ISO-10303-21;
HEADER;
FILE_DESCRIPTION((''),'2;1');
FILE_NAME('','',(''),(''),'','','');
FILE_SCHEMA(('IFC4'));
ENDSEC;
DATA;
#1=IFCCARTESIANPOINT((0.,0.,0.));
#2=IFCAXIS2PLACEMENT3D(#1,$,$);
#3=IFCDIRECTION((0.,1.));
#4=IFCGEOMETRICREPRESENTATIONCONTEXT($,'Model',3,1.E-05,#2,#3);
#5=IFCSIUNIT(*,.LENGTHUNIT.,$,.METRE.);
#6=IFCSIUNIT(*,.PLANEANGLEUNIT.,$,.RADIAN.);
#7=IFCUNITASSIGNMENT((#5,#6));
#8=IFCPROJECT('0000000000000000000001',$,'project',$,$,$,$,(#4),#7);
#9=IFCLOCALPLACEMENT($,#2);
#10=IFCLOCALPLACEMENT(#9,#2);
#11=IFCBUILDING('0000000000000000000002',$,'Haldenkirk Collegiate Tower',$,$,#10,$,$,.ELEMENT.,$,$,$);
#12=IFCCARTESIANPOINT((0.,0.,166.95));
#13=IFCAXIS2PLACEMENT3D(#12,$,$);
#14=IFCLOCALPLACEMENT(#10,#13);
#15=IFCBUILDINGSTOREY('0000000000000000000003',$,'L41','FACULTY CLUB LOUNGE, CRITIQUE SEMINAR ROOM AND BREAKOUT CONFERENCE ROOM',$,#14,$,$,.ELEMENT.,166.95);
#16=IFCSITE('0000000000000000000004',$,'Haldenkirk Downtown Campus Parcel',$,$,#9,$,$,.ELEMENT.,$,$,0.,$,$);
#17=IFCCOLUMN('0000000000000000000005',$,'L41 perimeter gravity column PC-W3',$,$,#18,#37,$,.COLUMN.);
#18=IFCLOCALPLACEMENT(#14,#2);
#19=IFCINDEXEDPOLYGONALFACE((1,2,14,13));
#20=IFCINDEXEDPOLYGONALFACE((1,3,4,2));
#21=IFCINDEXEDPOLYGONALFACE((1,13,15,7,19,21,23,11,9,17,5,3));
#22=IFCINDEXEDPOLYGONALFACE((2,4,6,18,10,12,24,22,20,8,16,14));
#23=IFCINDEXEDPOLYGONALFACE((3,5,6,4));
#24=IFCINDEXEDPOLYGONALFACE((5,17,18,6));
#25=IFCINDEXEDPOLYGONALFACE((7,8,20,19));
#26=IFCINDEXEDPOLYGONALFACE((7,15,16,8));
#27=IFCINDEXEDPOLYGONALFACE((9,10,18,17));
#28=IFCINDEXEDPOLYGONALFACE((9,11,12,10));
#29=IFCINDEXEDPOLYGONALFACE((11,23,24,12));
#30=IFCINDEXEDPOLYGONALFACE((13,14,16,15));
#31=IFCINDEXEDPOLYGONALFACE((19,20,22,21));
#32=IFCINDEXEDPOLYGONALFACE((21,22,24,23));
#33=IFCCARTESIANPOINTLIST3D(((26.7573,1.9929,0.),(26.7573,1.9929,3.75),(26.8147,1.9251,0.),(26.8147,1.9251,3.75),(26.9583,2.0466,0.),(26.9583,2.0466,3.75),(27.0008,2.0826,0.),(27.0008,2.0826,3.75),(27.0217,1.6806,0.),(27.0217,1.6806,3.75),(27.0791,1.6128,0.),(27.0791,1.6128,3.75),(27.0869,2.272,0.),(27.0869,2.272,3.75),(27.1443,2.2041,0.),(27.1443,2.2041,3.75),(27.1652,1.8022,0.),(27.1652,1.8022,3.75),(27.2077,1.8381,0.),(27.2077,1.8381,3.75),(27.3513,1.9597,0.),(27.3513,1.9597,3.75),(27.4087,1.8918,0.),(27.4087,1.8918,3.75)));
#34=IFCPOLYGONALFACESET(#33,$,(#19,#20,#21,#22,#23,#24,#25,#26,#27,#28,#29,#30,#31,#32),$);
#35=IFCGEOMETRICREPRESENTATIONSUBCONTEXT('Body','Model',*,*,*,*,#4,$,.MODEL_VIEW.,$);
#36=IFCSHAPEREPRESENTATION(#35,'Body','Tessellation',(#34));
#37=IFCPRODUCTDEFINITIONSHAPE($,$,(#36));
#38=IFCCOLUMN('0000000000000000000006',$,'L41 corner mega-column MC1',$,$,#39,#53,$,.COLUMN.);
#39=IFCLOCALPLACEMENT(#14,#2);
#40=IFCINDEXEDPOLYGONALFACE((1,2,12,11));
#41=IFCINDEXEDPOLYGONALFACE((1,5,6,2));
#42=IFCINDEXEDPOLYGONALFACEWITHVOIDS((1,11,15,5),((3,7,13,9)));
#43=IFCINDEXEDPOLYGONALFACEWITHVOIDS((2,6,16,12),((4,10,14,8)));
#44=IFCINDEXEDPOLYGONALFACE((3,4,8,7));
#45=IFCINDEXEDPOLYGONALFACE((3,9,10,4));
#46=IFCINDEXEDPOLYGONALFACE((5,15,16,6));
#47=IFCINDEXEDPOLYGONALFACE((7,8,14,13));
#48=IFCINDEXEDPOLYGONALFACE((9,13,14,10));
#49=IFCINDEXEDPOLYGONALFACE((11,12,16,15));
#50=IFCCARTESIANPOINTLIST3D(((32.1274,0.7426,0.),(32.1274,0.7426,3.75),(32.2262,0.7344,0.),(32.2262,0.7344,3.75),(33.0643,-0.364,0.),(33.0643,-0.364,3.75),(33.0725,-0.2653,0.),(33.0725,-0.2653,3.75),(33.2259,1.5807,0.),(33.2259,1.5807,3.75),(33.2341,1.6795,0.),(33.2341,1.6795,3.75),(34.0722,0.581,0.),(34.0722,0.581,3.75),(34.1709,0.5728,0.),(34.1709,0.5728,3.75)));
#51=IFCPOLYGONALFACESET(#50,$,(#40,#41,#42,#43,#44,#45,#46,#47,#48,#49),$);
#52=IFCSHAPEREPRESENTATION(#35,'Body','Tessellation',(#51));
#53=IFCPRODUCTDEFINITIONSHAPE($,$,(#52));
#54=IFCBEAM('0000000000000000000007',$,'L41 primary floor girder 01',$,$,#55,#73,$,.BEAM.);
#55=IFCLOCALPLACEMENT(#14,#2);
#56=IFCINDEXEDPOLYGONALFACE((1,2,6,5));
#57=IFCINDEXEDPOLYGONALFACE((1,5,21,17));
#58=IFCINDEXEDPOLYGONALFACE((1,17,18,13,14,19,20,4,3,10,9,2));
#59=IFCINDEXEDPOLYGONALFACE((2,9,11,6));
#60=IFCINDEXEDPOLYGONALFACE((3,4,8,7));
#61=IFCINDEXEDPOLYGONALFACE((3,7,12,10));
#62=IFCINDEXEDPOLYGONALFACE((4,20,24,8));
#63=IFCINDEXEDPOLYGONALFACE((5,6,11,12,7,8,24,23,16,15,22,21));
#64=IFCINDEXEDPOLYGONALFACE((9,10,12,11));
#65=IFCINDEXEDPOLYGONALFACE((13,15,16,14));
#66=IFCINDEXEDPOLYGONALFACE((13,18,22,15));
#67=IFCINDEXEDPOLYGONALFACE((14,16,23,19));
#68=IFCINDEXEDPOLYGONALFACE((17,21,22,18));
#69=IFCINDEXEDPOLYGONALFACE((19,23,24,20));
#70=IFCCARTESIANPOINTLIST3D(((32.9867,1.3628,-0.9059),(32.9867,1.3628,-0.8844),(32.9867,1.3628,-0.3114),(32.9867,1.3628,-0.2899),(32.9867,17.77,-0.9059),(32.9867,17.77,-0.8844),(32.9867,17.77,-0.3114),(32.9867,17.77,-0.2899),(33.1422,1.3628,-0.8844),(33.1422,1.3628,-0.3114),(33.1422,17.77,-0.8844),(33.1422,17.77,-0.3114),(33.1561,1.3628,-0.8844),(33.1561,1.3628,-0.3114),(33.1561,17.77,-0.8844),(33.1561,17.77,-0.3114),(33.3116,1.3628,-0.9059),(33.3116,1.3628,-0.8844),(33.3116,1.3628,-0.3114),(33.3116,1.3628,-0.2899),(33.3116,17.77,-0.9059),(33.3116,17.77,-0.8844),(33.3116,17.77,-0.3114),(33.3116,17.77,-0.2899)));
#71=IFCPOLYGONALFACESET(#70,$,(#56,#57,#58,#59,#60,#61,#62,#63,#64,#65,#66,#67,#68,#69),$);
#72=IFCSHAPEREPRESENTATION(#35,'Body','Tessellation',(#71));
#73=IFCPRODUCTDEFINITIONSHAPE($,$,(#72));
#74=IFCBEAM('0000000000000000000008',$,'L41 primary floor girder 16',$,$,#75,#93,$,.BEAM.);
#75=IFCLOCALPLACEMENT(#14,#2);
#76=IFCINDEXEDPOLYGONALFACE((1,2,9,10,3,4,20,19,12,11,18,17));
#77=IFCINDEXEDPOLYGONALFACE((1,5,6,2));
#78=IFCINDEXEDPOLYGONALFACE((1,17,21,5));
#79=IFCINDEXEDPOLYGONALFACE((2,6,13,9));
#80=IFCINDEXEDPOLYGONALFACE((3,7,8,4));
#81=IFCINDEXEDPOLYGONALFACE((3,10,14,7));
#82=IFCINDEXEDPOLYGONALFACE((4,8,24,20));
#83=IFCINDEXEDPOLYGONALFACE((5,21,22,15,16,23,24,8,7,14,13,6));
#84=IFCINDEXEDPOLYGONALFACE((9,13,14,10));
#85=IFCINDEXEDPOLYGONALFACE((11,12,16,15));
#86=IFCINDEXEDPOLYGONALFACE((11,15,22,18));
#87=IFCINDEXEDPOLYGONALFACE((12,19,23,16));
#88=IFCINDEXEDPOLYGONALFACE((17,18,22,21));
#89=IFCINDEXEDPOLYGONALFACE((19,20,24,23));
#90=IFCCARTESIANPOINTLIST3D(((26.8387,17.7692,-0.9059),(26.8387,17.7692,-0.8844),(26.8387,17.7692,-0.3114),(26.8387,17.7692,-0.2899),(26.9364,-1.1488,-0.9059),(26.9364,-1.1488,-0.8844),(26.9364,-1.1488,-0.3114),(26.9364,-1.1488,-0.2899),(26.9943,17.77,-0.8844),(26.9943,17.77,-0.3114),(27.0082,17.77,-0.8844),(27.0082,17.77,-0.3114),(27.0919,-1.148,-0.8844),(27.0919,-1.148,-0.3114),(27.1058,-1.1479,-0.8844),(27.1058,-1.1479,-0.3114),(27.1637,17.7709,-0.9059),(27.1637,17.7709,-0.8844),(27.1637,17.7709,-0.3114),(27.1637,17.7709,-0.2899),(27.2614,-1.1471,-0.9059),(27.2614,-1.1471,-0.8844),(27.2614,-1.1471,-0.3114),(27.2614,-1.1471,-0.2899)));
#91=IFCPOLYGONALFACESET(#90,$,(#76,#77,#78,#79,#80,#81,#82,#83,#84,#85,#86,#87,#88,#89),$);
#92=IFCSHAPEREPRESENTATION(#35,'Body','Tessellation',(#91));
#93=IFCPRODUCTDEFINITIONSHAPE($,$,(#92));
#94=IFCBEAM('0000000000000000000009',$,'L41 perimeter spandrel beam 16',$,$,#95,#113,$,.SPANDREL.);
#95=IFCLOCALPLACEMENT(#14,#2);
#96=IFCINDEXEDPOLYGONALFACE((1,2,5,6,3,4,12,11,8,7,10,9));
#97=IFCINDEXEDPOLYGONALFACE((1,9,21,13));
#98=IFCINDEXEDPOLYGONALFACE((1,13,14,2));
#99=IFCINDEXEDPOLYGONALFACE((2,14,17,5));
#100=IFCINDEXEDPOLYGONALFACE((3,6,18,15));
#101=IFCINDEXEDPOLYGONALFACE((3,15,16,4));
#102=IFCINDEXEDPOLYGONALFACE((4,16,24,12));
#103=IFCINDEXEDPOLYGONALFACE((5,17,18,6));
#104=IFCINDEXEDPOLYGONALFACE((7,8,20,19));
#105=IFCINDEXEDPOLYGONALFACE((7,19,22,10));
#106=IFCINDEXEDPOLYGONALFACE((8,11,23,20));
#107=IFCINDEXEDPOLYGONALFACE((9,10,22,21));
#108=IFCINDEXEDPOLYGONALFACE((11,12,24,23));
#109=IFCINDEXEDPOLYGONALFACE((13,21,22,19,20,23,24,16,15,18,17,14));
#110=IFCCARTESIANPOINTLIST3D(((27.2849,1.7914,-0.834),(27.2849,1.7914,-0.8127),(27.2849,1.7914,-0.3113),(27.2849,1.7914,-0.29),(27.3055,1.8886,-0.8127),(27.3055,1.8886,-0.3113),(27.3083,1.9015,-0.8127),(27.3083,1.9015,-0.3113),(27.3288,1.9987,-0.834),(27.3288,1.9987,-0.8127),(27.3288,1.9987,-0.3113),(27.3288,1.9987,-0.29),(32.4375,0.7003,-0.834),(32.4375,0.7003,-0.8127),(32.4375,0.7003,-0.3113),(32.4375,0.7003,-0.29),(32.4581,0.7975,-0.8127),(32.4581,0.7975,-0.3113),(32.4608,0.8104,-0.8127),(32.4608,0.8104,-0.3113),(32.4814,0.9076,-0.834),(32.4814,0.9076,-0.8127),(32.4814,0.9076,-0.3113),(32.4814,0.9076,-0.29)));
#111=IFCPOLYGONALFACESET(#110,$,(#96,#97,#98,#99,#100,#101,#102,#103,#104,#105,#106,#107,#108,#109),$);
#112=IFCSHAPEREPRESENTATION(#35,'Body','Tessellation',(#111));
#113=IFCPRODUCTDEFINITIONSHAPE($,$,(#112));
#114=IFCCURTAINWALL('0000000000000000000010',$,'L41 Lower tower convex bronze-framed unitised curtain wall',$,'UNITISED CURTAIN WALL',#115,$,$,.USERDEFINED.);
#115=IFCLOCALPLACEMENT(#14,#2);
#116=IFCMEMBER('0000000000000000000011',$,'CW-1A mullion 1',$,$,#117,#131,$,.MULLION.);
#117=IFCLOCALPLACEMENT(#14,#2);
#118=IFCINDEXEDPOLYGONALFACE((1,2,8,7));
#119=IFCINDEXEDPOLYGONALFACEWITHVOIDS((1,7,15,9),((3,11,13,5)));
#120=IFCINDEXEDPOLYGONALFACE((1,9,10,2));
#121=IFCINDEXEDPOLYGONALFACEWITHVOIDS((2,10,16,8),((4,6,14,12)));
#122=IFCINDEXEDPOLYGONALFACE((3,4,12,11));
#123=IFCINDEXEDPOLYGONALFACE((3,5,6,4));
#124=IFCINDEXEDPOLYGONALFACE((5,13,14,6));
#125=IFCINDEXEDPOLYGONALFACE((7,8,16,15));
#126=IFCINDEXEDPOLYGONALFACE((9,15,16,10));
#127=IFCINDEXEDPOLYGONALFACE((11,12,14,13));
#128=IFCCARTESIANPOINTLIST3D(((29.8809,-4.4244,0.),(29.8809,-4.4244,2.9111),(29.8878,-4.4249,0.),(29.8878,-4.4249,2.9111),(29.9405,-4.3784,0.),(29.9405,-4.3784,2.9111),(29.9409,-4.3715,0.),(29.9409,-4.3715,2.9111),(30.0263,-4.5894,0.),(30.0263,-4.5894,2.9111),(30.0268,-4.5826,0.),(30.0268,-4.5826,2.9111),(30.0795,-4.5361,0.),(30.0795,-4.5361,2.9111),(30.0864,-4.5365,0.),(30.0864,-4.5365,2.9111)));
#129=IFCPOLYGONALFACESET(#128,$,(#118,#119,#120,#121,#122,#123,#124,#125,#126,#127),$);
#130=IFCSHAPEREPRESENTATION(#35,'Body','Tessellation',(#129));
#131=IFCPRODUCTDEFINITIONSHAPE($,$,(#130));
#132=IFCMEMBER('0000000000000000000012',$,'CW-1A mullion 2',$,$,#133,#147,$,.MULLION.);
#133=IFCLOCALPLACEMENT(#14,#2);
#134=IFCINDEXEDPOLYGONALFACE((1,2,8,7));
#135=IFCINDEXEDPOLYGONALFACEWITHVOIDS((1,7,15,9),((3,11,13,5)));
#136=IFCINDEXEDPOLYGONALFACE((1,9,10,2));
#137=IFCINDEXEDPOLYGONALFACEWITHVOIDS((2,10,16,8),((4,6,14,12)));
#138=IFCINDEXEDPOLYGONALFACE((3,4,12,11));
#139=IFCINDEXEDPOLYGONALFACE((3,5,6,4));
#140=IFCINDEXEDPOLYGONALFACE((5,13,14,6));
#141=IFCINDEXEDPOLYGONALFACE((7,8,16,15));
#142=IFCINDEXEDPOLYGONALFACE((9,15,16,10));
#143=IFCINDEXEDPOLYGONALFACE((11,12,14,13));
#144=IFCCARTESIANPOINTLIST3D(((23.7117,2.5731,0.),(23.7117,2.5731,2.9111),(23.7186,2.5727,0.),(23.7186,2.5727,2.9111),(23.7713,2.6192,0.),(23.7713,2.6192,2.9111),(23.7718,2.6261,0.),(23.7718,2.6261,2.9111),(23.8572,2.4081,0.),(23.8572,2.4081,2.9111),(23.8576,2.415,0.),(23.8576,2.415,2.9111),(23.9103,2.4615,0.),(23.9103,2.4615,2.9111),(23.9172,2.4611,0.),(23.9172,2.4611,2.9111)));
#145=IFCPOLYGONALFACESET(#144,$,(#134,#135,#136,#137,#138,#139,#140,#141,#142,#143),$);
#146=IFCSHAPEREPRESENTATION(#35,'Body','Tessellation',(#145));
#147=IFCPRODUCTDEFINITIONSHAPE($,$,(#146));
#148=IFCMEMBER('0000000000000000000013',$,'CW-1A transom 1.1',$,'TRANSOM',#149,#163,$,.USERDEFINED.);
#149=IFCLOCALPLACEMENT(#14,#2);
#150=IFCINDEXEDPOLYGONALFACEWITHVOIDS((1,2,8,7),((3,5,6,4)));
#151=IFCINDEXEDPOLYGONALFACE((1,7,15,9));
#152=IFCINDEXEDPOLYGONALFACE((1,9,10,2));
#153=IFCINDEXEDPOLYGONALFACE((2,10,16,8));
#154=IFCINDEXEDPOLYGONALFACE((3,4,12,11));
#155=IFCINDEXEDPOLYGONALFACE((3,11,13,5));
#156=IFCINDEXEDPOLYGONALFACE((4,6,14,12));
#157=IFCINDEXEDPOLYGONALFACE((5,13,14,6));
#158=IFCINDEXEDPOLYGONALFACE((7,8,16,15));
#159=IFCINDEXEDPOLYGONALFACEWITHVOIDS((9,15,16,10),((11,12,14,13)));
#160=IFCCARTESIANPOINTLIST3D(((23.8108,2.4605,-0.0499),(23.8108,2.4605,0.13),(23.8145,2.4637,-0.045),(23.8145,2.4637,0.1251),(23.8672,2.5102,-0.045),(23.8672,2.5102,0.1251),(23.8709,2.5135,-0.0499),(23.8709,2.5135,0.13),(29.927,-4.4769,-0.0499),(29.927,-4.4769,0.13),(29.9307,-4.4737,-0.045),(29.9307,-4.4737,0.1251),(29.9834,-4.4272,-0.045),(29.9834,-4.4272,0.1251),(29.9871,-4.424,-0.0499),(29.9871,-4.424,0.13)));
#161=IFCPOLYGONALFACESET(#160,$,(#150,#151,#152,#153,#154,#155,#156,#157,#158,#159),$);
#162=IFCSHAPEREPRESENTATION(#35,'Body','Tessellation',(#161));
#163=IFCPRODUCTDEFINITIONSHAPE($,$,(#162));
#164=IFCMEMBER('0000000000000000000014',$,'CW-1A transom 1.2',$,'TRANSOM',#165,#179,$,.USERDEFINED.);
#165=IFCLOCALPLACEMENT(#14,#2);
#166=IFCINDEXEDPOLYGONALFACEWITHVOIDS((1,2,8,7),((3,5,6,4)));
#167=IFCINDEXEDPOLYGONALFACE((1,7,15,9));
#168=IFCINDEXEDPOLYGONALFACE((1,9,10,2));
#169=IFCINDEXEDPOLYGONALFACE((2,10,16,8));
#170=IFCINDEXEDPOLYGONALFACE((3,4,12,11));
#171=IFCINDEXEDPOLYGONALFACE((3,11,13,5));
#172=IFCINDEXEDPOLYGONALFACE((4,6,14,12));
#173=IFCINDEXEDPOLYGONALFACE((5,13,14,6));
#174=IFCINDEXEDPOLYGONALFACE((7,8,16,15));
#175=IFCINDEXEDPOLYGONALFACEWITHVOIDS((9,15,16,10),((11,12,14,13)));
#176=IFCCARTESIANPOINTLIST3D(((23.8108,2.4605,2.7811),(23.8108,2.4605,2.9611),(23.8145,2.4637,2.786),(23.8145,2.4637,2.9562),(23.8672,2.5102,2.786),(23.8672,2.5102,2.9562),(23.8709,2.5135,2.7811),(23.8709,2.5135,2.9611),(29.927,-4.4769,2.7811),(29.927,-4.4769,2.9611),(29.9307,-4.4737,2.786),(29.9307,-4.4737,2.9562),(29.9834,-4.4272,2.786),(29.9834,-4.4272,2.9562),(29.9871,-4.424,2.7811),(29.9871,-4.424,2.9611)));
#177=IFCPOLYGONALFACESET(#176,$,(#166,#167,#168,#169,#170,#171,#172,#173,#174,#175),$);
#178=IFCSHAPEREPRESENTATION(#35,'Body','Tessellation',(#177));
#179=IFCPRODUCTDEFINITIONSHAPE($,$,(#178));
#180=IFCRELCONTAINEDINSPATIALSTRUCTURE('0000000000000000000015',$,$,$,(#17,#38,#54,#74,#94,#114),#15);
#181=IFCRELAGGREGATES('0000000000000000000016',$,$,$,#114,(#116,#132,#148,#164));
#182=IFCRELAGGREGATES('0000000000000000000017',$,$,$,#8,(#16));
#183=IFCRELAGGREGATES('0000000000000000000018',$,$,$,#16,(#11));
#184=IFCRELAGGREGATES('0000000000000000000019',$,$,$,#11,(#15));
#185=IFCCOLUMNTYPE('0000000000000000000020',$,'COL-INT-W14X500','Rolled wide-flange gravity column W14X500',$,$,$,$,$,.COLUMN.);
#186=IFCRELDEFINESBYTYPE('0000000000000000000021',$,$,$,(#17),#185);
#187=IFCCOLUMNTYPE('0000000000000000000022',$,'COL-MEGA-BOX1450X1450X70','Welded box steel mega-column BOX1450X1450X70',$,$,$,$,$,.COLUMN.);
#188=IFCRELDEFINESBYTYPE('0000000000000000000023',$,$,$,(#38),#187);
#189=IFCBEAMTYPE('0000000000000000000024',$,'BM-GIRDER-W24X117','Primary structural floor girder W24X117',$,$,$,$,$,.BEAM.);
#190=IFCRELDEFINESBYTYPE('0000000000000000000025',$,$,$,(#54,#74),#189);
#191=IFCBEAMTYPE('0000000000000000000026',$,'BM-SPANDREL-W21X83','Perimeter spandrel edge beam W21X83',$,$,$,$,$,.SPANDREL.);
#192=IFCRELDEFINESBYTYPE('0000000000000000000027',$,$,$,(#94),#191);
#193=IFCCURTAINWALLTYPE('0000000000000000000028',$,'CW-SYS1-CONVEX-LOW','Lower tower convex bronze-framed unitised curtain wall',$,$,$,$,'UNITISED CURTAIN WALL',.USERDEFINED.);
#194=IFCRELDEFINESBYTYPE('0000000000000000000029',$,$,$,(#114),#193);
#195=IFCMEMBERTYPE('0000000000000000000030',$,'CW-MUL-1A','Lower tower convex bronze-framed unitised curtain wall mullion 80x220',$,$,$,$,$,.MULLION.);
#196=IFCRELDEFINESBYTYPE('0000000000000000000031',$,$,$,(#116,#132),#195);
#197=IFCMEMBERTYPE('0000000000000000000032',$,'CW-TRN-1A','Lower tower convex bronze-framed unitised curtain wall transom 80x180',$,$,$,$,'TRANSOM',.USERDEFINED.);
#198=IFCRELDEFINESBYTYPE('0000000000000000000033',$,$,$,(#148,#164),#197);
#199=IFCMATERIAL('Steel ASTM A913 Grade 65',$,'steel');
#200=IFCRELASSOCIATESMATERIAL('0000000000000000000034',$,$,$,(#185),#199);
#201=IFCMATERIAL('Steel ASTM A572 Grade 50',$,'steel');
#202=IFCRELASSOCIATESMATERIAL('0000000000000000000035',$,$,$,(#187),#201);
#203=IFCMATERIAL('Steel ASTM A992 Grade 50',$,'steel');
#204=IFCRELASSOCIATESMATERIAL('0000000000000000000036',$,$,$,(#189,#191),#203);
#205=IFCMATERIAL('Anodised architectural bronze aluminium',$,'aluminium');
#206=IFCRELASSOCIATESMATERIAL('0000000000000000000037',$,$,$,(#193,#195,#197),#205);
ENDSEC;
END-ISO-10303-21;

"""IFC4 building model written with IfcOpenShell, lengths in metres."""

from ifc_helpers import new_model, si_unit, direction, frame, origin, origin_2d, place, context, subcontext, project, spatial, hollow_rectangle, i_section, extrude, material, material_profile, profile_set, type_object, element, aggregate, save


model = new_model("IFC4")

# Units and contexts
model_context = context("Model", 3, precision=1e-05, world=origin(), true_north=direction((0.0, 1.0)))
body_context = subcontext(model_context, "Body", "Model", "MODEL_VIEW")
ifc_project = project(units=[si_unit("LENGTHUNIT", "METRE"), si_unit("PLANEANGLEUNIT", "RADIAN")], contexts=[model_context])

# Site, building, storey
site_placement = place(None, origin())
site = spatial("IfcSite", under=ifc_project, at=site_placement, Name="Haldenkirk Downtown Campus Parcel", CompositionType="ELEMENT", RefElevation=0.0)
building_placement = place(site_placement, origin())
building = spatial("IfcBuilding", under=site, at=building_placement, Name="Haldenkirk Collegiate Tower", CompositionType="ELEMENT")
storey_placement = place(building_placement, frame((0.0, 0.0, 166.95)))
storey = spatial("IfcBuildingStorey", under=building, at=storey_placement, Name="L41", Description="FACULTY CLUB LOUNGE, CRITIQUE SEMINAR ROOM AND BREAKOUT CONFERENCE ROOM", CompositionType="ELEMENT", Elevation=166.95)

# Columns
ifc_material_1 = material(Name="Steel ASTM A913 Grade 65", Category="steel")
ifc_material_profile_1 = material_profile(ifc_material_1, i_section(OverallWidth=0.4319, OverallDepth=0.498, WebThickness=0.0557, FlangeThickness=0.0889, at=origin_2d()), Name="W14X500")
ifc_profile_set_1 = profile_set([ifc_material_profile_1], Name="Steel ASTM A913 Grade 65")
column_type_1 = type_object("IfcColumnType", Name="COL-INT-W14X500", Description="Rolled wide-flange gravity column W14X500", PredefinedType="COLUMN", material=ifc_profile_set_1)
column_1_placement = place(storey_placement, frame((27.083, 1.9424, 0.0), z_axis=(0.0, 0.0, 1.0), x_axis=(0.763232, 0.646124, 0.0)))
element("IfcColumn", 1, at=column_1_placement, inside=storey, type_object=column_type_1, Name="L41 perimeter gravity column PC-W3", PredefinedType="COLUMN", context=body_context, shape_type="SweptSolid", body=[
    extrude(i_section(OverallWidth=0.4319, OverallDepth=0.498, WebThickness=0.0557, FlangeThickness=0.0889, at=origin_2d()), origin(), (0.0, 0.0, 1.0), 3.75),
])
ifc_material_2 = material(Name="Steel ASTM A572 Grade 50", Category="steel")
ifc_material_profile_2 = material_profile(ifc_material_2, hollow_rectangle(XDim=1.45, YDim=1.45, WallThickness=0.0701, at=origin_2d()), Name="BOX1450X1450X70")
ifc_profile_set_2 = profile_set([ifc_material_profile_2], Name="Steel ASTM A572 Grade 50")
column_type_2 = type_object("IfcColumnType", Name="COL-MEGA-BOX1450X1450X70", Description="Welded box steel mega-column BOX1450X1450X70", PredefinedType="COLUMN", material=ifc_profile_set_2)
column_2_placement = place(storey_placement, frame((33.1492, 0.6577, 0.0), z_axis=(0.0, 0.0, 1.0), x_axis=(0.763232, 0.646124, 0.0)))
element("IfcColumn", 2, at=column_2_placement, inside=storey, type_object=column_type_2, Name="L41 corner mega-column MC1", PredefinedType="COLUMN", context=body_context, shape_type="SweptSolid", body=[
    extrude(hollow_rectangle(XDim=1.45, YDim=1.45, WallThickness=0.0701, at=origin_2d()), origin(), (0.0, 0.0, 1.0), 3.75),
])

# Beams
ifc_material_3 = material(Name="Steel ASTM A992 Grade 50", Category="steel")
ifc_material_profile_3 = material_profile(ifc_material_3, i_section(OverallWidth=0.325, OverallDepth=0.616, WebThickness=0.0139, FlangeThickness=0.0215, at=origin_2d()), Name="W24X117")
ifc_profile_set_3 = profile_set([ifc_material_profile_3], Name="Steel ASTM A992 Grade 50")
beam_type_1 = type_object("IfcBeamType", Name="BM-GIRDER-W24X117", Description="Primary structural floor girder W24X117", PredefinedType="BEAM", material=ifc_profile_set_3)
beam_1_placement = place(storey_placement, frame((33.1492, 1.3628, -0.5979), z_axis=(0.0, 1.0, 0.0), x_axis=(-1.0, 0.0, 0.0)))
element("IfcBeam", 3, at=beam_1_placement, inside=storey, type_object=beam_type_1, Name="L41 primary floor girder 01", PredefinedType="BEAM", context=body_context, shape_type="SweptSolid", body=[
    extrude(i_section(OverallWidth=0.325, OverallDepth=0.616, WebThickness=0.0139, FlangeThickness=0.0215, at=origin_2d()), origin(), (0.0, 0.0, 1.0), 16.4072),
])
beam_2_placement = place(storey_placement, frame((27.0989, -1.1479, -0.5979), z_axis=(-0.005162, 0.999987, 0.0), x_axis=(-0.999987, -0.005162, 0.0)))
element("IfcBeam", 4, at=beam_2_placement, inside=storey, type_object=beam_type_1, Name="L41 primary floor girder 16", PredefinedType="BEAM", context=body_context, shape_type="SweptSolid", body=[
    extrude(i_section(OverallWidth=0.325, OverallDepth=0.616, WebThickness=0.0139, FlangeThickness=0.0215, at=origin_2d()), origin(), (0.0, 0.0, 1.0), 18.9182),
])
ifc_material_profile_4 = material_profile(ifc_material_3, i_section(OverallWidth=0.2119, OverallDepth=0.5439, WebThickness=0.0132, FlangeThickness=0.0212, at=origin_2d()), Name="W21X83")
ifc_profile_set_4 = profile_set([ifc_material_profile_4], Name="Steel ASTM A992 Grade 50")
beam_type_2 = type_object("IfcBeamType", Name="BM-SPANDREL-W21X83", Description="Perimeter spandrel edge beam W21X83", PredefinedType="SPANDREL", material=ifc_profile_set_4)
beam_3_placement = place(storey_placement, frame((27.3069, 1.895, -0.562), z_axis=(0.978308, -0.207157, 0.0), x_axis=(0.207157, 0.978308, 0.0)))
element("IfcBeam", 5, at=beam_3_placement, inside=storey, type_object=beam_type_2, Name="L41 perimeter spandrel beam 16", PredefinedType="SPANDREL", context=body_context, shape_type="SweptSolid", body=[
    extrude(i_section(OverallWidth=0.2119, OverallDepth=0.5439, WebThickness=0.0132, FlangeThickness=0.0212, at=origin_2d()), origin(), (0.0, 0.0, 1.0), 5.2668),
])

# Curtain wall, members
ifc_material_4 = material(Name="Anodised architectural bronze aluminium", Category="aluminium")
curtain_wall_type = type_object("IfcCurtainWallType", Name="CW-SYS1-CONVEX-LOW", Description="Lower tower convex bronze-framed unitised curtain wall", ElementType="UNITISED CURTAIN WALL", PredefinedType="USERDEFINED", material=ifc_material_4)
curtain_wall_placement = place(storey_placement, origin())
curtain_wall = element("IfcCurtainWall", 6, at=curtain_wall_placement, inside=storey, type_object=curtain_wall_type, Name="L41 Lower tower convex bronze-framed unitised curtain wall", ObjectType="UNITISED CURTAIN WALL", PredefinedType="USERDEFINED")
ifc_material_profile_5 = material_profile(ifc_material_4, hollow_rectangle(XDim=0.0801, YDim=0.22, WallThickness=0.0049, at=origin_2d()), Name="CW-MUL-1A")
ifc_profile_set_5 = profile_set([ifc_material_profile_5], Name="Anodised architectural bronze aluminium")
member_type_1 = type_object("IfcMemberType", Name="CW-MUL-1A", Description="Lower tower convex bronze-framed unitised curtain wall mullion 80x220", PredefinedType="MULLION", material=ifc_profile_set_5)
member_1_placement = place(storey_placement, frame((29.9836, -4.4805, 0.0), z_axis=(0.0, 0.0, 1.0), x_axis=(-0.750113, -0.66131, 0.0)))
member_1 = element("IfcMember", 7, at=member_1_placement, type_object=member_type_1, Name="CW-1A mullion 1", PredefinedType="MULLION", context=body_context, shape_type="SweptSolid", body=[
    extrude(hollow_rectangle(XDim=0.0801, YDim=0.22, WallThickness=0.0049, at=origin_2d()), origin(), (0.0, 0.0, 1.0), 2.9111),
])
member_2_placement = place(storey_placement, frame((23.8145, 2.5171, 0.0), z_axis=(0.0, 0.0, 1.0), x_axis=(-0.750113, -0.66131, 0.0)))
member_2 = element("IfcMember", 8, at=member_2_placement, type_object=member_type_1, Name="CW-1A mullion 2", PredefinedType="MULLION", context=body_context, shape_type="SweptSolid", body=[
    extrude(hollow_rectangle(XDim=0.0801, YDim=0.22, WallThickness=0.0049, at=origin_2d()), origin(), (0.0, 0.0, 1.0), 2.9111),
])
ifc_material_profile_6 = material_profile(ifc_material_4, hollow_rectangle(XDim=0.0801, YDim=0.1799, WallThickness=0.0049, at=origin_2d()), Name="CW-TRN-1A")
ifc_profile_set_6 = profile_set([ifc_material_profile_6], Name="Anodised architectural bronze aluminium")
member_type_2 = type_object("IfcMemberType", Name="CW-TRN-1A", Description="Lower tower convex bronze-framed unitised curtain wall transom 80x180", ElementType="TRANSOM", PredefinedType="USERDEFINED", material=ifc_profile_set_6)
member_3_placement = place(storey_placement, frame((29.957, -4.4504, 0.04), z_axis=(-0.661311, 0.750112, 0.0), x_axis=(-0.750112, -0.661311, 0.0)))
member_3 = element("IfcMember", 9, at=member_3_placement, type_object=member_type_2, Name="CW-1A transom 1.1", ObjectType="TRANSOM", PredefinedType="USERDEFINED", context=body_context, shape_type="SweptSolid", body=[
    extrude(hollow_rectangle(XDim=0.0801, YDim=0.1799, WallThickness=0.0049, at=origin_2d()), origin(), (0.0, 0.0, 1.0), 9.2485),
])
member_4_placement = place(storey_placement, frame((29.957, -4.4504, 2.8711), z_axis=(-0.661311, 0.750112, 0.0), x_axis=(-0.750112, -0.661311, 0.0)))
member_4 = element("IfcMember", 10, at=member_4_placement, type_object=member_type_2, Name="CW-1A transom 1.2", ObjectType="TRANSOM", PredefinedType="USERDEFINED", context=body_context, shape_type="SweptSolid", body=[
    extrude(hollow_rectangle(XDim=0.0801, YDim=0.1799, WallThickness=0.0049, at=origin_2d()), origin(), (0.0, 0.0, 1.0), 9.2485),
])
aggregate(curtain_wall, [member_1, member_2, member_3, member_4])

save(model, "model.ifc")
